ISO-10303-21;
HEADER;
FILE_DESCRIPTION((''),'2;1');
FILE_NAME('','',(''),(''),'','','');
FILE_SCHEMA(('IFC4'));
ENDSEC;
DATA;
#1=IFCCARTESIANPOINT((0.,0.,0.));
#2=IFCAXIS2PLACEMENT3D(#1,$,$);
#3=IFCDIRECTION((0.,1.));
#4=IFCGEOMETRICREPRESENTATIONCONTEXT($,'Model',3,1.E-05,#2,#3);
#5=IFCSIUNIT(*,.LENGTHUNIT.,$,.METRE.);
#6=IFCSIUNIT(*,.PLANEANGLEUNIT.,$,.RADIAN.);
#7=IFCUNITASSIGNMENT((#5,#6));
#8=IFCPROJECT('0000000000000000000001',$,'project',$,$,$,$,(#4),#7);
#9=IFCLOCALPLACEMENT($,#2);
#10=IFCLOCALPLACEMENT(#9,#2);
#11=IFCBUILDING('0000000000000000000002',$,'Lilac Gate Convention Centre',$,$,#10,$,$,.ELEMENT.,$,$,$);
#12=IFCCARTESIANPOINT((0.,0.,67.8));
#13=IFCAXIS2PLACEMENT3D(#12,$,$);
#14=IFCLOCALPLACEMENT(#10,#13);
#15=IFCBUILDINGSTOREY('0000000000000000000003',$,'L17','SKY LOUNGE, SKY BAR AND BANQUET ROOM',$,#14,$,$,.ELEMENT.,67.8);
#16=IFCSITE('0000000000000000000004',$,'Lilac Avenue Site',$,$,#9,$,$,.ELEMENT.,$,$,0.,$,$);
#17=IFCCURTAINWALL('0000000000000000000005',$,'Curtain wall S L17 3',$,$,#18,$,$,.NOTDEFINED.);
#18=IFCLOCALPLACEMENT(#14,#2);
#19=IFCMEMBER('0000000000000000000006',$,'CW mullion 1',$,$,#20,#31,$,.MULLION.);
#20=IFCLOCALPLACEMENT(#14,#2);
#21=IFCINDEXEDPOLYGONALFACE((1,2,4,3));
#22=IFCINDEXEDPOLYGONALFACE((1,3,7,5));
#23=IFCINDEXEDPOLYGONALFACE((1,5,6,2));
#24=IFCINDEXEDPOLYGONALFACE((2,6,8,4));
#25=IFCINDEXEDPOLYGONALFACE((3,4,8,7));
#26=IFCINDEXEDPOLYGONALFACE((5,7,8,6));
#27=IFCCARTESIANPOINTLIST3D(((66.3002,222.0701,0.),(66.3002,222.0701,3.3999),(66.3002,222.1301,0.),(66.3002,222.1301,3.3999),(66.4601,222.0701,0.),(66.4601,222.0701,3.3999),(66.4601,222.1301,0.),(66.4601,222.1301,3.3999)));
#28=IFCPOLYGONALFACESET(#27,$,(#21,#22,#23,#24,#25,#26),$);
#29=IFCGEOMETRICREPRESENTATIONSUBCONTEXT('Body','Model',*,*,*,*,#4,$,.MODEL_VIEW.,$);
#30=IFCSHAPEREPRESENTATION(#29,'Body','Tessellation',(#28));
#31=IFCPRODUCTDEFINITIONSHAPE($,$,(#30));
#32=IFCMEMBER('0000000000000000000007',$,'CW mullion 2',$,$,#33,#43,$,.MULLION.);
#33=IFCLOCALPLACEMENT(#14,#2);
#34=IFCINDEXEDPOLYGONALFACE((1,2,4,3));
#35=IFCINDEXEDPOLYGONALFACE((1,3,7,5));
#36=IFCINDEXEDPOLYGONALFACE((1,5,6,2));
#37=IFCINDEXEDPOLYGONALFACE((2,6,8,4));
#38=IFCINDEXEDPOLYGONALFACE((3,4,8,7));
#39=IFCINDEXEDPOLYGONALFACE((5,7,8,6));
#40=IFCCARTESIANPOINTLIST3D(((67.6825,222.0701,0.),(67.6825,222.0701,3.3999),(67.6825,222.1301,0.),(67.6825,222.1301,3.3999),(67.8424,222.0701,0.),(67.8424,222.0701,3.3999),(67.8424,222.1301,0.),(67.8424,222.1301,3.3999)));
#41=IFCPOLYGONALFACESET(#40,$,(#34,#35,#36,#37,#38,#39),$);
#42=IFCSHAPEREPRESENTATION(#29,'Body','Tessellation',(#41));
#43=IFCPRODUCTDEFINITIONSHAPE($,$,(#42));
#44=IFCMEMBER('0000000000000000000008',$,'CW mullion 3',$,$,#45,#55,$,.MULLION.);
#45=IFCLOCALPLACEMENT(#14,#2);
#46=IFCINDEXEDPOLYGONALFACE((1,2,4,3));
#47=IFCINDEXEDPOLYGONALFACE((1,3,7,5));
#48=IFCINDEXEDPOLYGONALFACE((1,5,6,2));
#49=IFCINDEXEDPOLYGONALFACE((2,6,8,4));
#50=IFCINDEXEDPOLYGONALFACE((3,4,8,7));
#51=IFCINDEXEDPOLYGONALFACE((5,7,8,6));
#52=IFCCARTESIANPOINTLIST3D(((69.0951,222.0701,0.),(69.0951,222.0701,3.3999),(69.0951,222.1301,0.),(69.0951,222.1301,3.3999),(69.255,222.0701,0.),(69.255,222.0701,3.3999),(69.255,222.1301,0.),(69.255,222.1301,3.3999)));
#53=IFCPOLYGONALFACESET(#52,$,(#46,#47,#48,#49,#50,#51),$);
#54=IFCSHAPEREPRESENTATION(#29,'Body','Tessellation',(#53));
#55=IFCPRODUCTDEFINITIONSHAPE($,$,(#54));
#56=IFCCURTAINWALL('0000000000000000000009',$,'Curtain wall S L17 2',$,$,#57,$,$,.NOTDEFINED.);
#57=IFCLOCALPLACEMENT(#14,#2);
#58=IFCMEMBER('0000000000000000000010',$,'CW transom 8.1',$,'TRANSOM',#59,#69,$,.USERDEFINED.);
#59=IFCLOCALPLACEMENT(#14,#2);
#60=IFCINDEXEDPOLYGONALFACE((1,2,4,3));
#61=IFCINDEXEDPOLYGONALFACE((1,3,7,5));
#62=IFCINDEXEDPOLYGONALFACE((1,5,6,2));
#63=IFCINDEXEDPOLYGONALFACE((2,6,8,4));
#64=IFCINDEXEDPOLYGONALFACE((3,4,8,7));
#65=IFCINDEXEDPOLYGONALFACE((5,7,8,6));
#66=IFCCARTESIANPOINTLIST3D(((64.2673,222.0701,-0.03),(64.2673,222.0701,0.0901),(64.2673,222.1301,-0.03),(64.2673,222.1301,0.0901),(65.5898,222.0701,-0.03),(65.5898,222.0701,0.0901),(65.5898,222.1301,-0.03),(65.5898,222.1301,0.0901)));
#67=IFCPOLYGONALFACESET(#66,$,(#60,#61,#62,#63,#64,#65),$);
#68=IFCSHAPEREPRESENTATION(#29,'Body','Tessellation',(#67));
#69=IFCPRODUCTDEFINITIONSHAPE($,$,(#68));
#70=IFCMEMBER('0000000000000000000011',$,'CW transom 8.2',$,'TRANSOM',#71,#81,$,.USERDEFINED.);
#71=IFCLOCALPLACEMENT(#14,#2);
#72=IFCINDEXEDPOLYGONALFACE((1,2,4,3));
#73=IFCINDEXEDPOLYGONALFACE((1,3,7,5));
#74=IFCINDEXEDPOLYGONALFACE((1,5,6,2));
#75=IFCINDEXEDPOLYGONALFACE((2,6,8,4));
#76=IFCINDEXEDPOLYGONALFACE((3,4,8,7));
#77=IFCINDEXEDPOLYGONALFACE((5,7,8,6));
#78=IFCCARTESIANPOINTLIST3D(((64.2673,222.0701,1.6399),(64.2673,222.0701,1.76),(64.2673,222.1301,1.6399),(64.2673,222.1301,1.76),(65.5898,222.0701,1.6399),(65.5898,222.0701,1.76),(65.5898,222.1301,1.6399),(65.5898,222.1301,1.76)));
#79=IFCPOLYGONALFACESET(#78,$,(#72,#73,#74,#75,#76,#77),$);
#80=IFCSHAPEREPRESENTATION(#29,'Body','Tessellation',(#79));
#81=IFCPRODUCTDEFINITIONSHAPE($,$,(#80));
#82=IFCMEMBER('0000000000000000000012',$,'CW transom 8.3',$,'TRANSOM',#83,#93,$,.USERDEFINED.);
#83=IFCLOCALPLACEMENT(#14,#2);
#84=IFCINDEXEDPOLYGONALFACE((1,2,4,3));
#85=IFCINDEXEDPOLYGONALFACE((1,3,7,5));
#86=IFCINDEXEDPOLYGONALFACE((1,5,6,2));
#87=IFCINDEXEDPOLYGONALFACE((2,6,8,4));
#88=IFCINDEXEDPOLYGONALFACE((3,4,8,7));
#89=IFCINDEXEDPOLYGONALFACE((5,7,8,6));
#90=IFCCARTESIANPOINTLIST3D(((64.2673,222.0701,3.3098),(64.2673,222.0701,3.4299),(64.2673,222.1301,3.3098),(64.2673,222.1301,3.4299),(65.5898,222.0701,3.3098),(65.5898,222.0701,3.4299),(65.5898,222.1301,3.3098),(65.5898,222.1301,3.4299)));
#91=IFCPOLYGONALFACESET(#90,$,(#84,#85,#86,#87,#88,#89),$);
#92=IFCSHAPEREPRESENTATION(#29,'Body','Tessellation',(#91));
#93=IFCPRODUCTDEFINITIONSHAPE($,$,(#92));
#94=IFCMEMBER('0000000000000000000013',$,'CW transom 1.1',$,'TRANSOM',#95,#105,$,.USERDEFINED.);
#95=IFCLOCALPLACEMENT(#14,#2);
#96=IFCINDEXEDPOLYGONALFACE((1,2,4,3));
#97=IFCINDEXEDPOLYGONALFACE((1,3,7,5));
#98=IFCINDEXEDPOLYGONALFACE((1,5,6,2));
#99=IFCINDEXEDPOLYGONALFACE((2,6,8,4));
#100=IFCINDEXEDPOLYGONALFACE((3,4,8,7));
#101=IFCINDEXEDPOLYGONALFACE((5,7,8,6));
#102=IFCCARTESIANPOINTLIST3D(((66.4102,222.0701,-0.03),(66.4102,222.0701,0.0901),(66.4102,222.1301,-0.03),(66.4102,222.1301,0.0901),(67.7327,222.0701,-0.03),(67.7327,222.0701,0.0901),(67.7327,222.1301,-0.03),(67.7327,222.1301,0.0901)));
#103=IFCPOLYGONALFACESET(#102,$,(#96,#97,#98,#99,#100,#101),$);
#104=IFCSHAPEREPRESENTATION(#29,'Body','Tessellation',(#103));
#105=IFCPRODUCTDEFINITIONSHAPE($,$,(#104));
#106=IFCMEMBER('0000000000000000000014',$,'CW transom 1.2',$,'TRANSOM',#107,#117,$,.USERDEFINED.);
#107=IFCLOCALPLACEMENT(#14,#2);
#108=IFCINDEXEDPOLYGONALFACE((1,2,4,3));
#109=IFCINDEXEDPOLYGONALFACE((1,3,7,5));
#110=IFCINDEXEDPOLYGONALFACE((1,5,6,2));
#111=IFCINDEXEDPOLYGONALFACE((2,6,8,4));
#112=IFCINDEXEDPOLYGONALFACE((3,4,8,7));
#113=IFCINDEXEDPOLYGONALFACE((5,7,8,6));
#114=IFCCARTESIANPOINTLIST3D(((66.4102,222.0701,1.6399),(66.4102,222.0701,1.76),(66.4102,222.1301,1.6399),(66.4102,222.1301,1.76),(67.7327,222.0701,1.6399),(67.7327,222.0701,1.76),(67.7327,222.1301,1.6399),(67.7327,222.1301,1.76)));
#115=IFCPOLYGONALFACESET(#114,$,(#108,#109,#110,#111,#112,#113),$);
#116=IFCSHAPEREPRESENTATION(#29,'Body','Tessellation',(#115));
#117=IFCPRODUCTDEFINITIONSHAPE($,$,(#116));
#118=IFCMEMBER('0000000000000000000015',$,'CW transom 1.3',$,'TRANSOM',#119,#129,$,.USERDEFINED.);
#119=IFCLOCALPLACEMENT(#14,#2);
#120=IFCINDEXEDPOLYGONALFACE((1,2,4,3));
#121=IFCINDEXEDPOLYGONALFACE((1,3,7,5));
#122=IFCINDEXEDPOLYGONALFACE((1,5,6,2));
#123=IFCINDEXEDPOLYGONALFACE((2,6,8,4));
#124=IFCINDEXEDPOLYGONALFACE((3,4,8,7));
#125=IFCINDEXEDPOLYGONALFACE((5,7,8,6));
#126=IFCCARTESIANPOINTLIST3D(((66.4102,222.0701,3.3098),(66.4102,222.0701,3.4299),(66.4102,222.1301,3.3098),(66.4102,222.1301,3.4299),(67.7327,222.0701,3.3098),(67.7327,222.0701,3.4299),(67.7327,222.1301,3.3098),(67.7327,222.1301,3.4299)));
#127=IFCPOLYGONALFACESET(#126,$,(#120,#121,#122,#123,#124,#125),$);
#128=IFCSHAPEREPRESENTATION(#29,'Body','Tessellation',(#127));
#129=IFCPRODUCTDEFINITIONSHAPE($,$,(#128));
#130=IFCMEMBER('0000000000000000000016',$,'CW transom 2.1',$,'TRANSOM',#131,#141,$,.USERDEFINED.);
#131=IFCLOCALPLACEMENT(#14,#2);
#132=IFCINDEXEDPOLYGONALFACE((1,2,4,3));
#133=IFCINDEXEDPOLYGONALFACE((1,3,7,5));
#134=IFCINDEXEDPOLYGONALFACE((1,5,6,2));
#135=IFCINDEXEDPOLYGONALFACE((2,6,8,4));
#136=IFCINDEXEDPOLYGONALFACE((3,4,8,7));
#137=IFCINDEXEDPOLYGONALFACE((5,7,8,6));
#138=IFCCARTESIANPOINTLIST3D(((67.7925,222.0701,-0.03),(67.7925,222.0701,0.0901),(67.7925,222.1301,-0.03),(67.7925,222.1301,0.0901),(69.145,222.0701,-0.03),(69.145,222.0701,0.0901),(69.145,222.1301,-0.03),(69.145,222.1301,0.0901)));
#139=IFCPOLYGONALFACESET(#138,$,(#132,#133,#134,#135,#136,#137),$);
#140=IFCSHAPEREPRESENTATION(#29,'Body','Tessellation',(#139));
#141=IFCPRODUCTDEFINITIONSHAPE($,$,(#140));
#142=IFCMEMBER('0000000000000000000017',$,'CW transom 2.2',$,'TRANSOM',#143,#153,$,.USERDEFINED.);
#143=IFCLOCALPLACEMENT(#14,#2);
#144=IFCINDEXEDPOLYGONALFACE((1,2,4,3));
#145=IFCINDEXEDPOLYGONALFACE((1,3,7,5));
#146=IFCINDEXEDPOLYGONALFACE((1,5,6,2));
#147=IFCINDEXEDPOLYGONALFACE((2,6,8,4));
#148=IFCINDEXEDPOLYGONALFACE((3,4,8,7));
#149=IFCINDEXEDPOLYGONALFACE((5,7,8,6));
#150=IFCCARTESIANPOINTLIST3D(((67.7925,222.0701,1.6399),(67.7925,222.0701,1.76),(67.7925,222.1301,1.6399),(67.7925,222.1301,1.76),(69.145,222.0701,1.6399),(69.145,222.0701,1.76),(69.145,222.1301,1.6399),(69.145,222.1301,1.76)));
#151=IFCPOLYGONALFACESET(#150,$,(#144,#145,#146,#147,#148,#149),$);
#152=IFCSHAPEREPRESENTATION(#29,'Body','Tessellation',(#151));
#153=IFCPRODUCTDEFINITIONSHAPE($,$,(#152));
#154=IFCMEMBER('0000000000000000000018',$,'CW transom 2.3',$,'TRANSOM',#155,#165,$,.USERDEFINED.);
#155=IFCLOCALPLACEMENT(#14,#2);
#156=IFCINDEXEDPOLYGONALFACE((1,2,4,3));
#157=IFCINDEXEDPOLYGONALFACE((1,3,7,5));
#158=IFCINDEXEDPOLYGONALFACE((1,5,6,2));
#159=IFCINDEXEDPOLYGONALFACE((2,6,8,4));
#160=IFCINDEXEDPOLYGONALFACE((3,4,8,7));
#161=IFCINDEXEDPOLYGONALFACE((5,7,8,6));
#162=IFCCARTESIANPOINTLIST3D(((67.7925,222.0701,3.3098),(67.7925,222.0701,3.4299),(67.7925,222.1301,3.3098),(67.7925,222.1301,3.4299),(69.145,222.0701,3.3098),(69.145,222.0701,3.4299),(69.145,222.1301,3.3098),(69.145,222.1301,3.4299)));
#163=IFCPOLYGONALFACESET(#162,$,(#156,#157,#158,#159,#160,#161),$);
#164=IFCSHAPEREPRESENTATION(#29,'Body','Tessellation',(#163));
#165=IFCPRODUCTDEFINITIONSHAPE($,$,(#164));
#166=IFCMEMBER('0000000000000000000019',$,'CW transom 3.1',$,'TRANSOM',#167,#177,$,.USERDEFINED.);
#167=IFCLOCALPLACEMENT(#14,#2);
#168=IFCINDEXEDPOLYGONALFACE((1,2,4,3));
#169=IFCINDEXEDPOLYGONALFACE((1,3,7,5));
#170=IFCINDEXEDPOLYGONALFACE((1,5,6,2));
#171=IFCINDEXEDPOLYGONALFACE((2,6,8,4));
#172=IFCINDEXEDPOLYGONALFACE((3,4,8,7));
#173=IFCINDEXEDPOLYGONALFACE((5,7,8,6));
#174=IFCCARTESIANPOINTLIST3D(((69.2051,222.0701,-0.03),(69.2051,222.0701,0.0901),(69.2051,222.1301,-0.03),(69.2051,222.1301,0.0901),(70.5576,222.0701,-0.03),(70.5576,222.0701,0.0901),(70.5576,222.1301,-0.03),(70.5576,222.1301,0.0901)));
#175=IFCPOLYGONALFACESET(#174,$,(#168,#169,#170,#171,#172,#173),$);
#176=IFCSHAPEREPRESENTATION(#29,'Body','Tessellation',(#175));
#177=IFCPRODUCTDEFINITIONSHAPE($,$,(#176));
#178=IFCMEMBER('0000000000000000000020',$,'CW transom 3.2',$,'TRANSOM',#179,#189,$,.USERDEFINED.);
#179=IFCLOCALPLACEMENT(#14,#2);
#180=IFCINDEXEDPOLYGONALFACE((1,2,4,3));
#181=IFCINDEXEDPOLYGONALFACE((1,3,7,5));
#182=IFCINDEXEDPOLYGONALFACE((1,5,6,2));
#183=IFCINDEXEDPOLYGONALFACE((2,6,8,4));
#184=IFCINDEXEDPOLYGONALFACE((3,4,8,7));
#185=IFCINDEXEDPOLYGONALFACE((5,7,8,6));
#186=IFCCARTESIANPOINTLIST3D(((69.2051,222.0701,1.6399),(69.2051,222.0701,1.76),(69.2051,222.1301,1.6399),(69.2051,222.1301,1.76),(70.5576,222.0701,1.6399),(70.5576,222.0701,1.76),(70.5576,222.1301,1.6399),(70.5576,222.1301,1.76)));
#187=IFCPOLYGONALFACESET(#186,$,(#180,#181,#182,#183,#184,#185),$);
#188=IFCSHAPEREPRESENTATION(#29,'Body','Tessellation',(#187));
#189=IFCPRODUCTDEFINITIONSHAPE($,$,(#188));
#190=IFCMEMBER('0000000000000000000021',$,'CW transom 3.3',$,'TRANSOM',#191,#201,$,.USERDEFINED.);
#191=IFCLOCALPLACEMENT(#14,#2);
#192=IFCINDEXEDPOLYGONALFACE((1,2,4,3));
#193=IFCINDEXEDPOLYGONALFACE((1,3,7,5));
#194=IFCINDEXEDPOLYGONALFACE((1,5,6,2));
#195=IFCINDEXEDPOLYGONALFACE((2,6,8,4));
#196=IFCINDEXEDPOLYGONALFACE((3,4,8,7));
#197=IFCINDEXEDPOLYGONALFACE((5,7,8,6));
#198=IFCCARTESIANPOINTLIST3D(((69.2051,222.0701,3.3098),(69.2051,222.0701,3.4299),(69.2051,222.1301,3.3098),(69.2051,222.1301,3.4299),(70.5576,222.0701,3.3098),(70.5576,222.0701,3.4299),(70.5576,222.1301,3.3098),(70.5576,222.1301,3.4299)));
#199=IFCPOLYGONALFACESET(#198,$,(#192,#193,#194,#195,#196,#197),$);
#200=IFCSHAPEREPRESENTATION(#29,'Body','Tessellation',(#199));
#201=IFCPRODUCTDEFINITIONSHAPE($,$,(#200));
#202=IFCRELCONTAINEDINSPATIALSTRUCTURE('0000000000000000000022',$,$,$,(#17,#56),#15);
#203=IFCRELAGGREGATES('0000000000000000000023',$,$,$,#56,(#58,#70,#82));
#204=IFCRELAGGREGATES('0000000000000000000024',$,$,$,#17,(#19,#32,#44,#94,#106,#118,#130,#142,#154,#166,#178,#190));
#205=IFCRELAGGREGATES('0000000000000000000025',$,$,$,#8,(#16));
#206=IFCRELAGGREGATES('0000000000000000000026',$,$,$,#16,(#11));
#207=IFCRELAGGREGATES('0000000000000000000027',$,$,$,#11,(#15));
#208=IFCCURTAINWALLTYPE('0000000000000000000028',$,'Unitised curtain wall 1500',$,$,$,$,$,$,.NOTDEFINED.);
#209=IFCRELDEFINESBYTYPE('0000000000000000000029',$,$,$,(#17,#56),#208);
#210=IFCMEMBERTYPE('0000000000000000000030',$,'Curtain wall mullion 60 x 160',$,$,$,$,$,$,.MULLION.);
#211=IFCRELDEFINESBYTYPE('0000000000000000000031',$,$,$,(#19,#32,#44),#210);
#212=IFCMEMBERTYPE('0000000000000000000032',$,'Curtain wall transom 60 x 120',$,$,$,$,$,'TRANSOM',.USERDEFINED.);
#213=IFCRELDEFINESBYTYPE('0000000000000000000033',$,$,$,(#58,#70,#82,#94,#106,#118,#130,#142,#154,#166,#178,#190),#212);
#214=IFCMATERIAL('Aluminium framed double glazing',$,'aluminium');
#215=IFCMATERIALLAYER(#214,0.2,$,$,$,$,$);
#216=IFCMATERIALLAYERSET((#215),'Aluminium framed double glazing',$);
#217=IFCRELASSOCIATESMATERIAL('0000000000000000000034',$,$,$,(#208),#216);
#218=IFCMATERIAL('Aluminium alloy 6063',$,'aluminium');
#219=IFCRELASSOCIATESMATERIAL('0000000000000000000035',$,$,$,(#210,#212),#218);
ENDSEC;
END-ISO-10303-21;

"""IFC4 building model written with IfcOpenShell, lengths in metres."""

from ifc_helpers import new_model, si_unit, direction, frame, origin, origin_2d, place, context, subcontext, project, spatial, rectangle, extrude, material, layer, layer_set, material_profile, profile_set, type_object, element, aggregate, save


model = new_model("IFC4")

# Units and contexts
model_context = context("Model", 3, precision=1e-05, world=origin(), true_north=direction((0.0, 1.0)))
body_context = subcontext(model_context, "Body", "Model", "MODEL_VIEW")
ifc_project = project(units=[si_unit("LENGTHUNIT", "METRE"), si_unit("PLANEANGLEUNIT", "RADIAN")], contexts=[model_context])

# Site, building, storey
site_placement = place(None, origin())
site = spatial("IfcSite", under=ifc_project, at=site_placement, Name="Lilac Avenue Site", CompositionType="ELEMENT", RefElevation=0.0)
building_placement = place(site_placement, origin())
building = spatial("IfcBuilding", under=site, at=building_placement, Name="Lilac Gate Convention Centre", CompositionType="ELEMENT")
storey_placement = place(building_placement, frame((0.0, 0.0, 67.8)))
storey = spatial("IfcBuildingStorey", under=building, at=storey_placement, Name="L17", Description="SKY LOUNGE, SKY BAR AND BANQUET ROOM", CompositionType="ELEMENT", Elevation=67.8)

# Curtain walls, members
ifc_material_1 = material(Name="Aluminium framed double glazing", Category="aluminium")
ifc_layer_1 = layer(ifc_material_1, 0.2)
ifc_layer_set_1 = layer_set([ifc_layer_1], Name="Aluminium framed double glazing")
curtain_wall_type = type_object("IfcCurtainWallType", Name="Unitised curtain wall 1500", PredefinedType="NOTDEFINED", material=ifc_layer_set_1)
curtain_wall_1_placement = place(storey_placement, origin())
curtain_wall_1 = element("IfcCurtainWall", 1, at=curtain_wall_1_placement, inside=storey, type_object=curtain_wall_type, Name="Curtain wall S L17 3", PredefinedType="NOTDEFINED")
ifc_material_2 = material(Name="Aluminium alloy 6063", Category="aluminium")
ifc_material_profile_1 = material_profile(ifc_material_2, rectangle(XDim=0.0601, YDim=0.1599, at=origin_2d()), Name="Curtain wall mullion 60 x 160")
ifc_profile_set_1 = profile_set([ifc_material_profile_1], Name="Aluminium alloy 6063")
member_type_1 = type_object("IfcMemberType", Name="Curtain wall mullion 60 x 160", PredefinedType="MULLION", material=ifc_profile_set_1)
member_1_placement = place(storey_placement, frame((66.3801, 222.1001, 0.0), z_axis=(0.0, 0.0, 1.0), x_axis=(0.0, 1.0, 0.0)))
member_1 = element("IfcMember", 2, at=member_1_placement, type_object=member_type_1, Name="CW mullion 1", PredefinedType="MULLION", context=body_context, shape_type="SweptSolid", body=[
    extrude(rectangle(XDim=0.0601, YDim=0.1599, at=origin_2d()), origin(), (0.0, 0.0, 1.0), 3.3999),
])
member_2_placement = place(storey_placement, frame((67.7625, 222.1001, 0.0), z_axis=(0.0, 0.0, 1.0), x_axis=(0.0, 1.0, 0.0)))
member_2 = element("IfcMember", 3, at=member_2_placement, type_object=member_type_1, Name="CW mullion 2", PredefinedType="MULLION", context=body_context, shape_type="SweptSolid", body=[
    extrude(rectangle(XDim=0.0601, YDim=0.1599, at=origin_2d()), origin(), (0.0, 0.0, 1.0), 3.3999),
])
member_3_placement = place(storey_placement, frame((69.175, 222.1001, 0.0), z_axis=(0.0, 0.0, 1.0), x_axis=(0.0, 1.0, 0.0)))
member_3 = element("IfcMember", 4, at=member_3_placement, type_object=member_type_1, Name="CW mullion 3", PredefinedType="MULLION", context=body_context, shape_type="SweptSolid", body=[
    extrude(rectangle(XDim=0.0601, YDim=0.1599, at=origin_2d()), origin(), (0.0, 0.0, 1.0), 3.3999),
])
curtain_wall_2_placement = place(storey_placement, origin())
curtain_wall_2 = element("IfcCurtainWall", 5, at=curtain_wall_2_placement, inside=storey, type_object=curtain_wall_type, Name="Curtain wall S L17 2", PredefinedType="NOTDEFINED")
ifc_material_profile_2 = material_profile(ifc_material_2, rectangle(XDim=0.0601, YDim=0.1201, at=origin_2d()), Name="Curtain wall transom 60 x 120")
ifc_profile_set_2 = profile_set([ifc_material_profile_2], Name="Aluminium alloy 6063")
member_type_2 = type_object("IfcMemberType", Name="Curtain wall transom 60 x 120", ElementType="TRANSOM", PredefinedType="USERDEFINED", material=ifc_profile_set_2)
member_4_placement = place(storey_placement, frame((64.2673, 222.1001, 0.03), z_axis=(1.0, 0.0, 0.0), x_axis=(0.0, 1.0, 0.0)))
member_4 = element("IfcMember", 6, at=member_4_placement, type_object=member_type_2, Name="CW transom 8.1", ObjectType="TRANSOM", PredefinedType="USERDEFINED", context=body_context, shape_type="SweptSolid", body=[
    extrude(rectangle(XDim=0.0601, YDim=0.1201, at=origin_2d()), origin(), (0.0, 0.0, 1.0), 1.3225),
])
member_5_placement = place(storey_placement, frame((64.2673, 222.1001, 1.7), z_axis=(1.0, 0.0, 0.0), x_axis=(0.0, 1.0, 0.0)))
member_5 = element("IfcMember", 7, at=member_5_placement, type_object=member_type_2, Name="CW transom 8.2", ObjectType="TRANSOM", PredefinedType="USERDEFINED", context=body_context, shape_type="SweptSolid", body=[
    extrude(rectangle(XDim=0.0601, YDim=0.1201, at=origin_2d()), origin(), (0.0, 0.0, 1.0), 1.3225),
])
member_6_placement = place(storey_placement, frame((64.2673, 222.1001, 3.3699), z_axis=(1.0, 0.0, 0.0), x_axis=(0.0, 1.0, 0.0)))
member_6 = element("IfcMember", 8, at=member_6_placement, type_object=member_type_2, Name="CW transom 8.3", ObjectType="TRANSOM", PredefinedType="USERDEFINED", context=body_context, shape_type="SweptSolid", body=[
    extrude(rectangle(XDim=0.0601, YDim=0.1201, at=origin_2d()), origin(), (0.0, 0.0, 1.0), 1.3225),
])

# Members
member_7_placement = place(storey_placement, frame((66.4102, 222.1001, 0.03), z_axis=(1.0, 0.0, 0.0), x_axis=(0.0, 1.0, 0.0)))
member_7 = element("IfcMember", 9, at=member_7_placement, type_object=member_type_2, Name="CW transom 1.1", ObjectType="TRANSOM", PredefinedType="USERDEFINED", context=body_context, shape_type="SweptSolid", body=[
    extrude(rectangle(XDim=0.0601, YDim=0.1201, at=origin_2d()), origin(), (0.0, 0.0, 1.0), 1.3225),
])
member_8_placement = place(storey_placement, frame((66.4102, 222.1001, 1.7), z_axis=(1.0, 0.0, 0.0), x_axis=(0.0, 1.0, 0.0)))
member_8 = element("IfcMember", 10, at=member_8_placement, type_object=member_type_2, Name="CW transom 1.2", ObjectType="TRANSOM", PredefinedType="USERDEFINED", context=body_context, shape_type="SweptSolid", body=[
    extrude(rectangle(XDim=0.0601, YDim=0.1201, at=origin_2d()), origin(), (0.0, 0.0, 1.0), 1.3225),
])
member_9_placement = place(storey_placement, frame((66.4102, 222.1001, 3.3699), z_axis=(1.0, 0.0, 0.0), x_axis=(0.0, 1.0, 0.0)))
member_9 = element("IfcMember", 11, at=member_9_placement, type_object=member_type_2, Name="CW transom 1.3", ObjectType="TRANSOM", PredefinedType="USERDEFINED", context=body_context, shape_type="SweptSolid", body=[
    extrude(rectangle(XDim=0.0601, YDim=0.1201, at=origin_2d()), origin(), (0.0, 0.0, 1.0), 1.3225),
])
member_10_placement = place(storey_placement, frame((67.7925, 222.1001, 0.03), z_axis=(1.0, 0.0, 0.0), x_axis=(0.0, 1.0, 0.0)))
member_10 = element("IfcMember", 12, at=member_10_placement, type_object=member_type_2, Name="CW transom 2.1", ObjectType="TRANSOM", PredefinedType="USERDEFINED", context=body_context, shape_type="SweptSolid", body=[
    extrude(rectangle(XDim=0.0601, YDim=0.1201, at=origin_2d()), origin(), (0.0, 0.0, 1.0), 1.3525),
])
member_11_placement = place(storey_placement, frame((67.7925, 222.1001, 1.7), z_axis=(1.0, 0.0, 0.0), x_axis=(0.0, 1.0, 0.0)))
member_11 = element("IfcMember", 13, at=member_11_placement, type_object=member_type_2, Name="CW transom 2.2", ObjectType="TRANSOM", PredefinedType="USERDEFINED", context=body_context, shape_type="SweptSolid", body=[
    extrude(rectangle(XDim=0.0601, YDim=0.1201, at=origin_2d()), origin(), (0.0, 0.0, 1.0), 1.3525),
])
member_12_placement = place(storey_placement, frame((67.7925, 222.1001, 3.3699), z_axis=(1.0, 0.0, 0.0), x_axis=(0.0, 1.0, 0.0)))
member_12 = element("IfcMember", 14, at=member_12_placement, type_object=member_type_2, Name="CW transom 2.3", ObjectType="TRANSOM", PredefinedType="USERDEFINED", context=body_context, shape_type="SweptSolid", body=[
    extrude(rectangle(XDim=0.0601, YDim=0.1201, at=origin_2d()), origin(), (0.0, 0.0, 1.0), 1.3525),
])
member_13_placement = place(storey_placement, frame((69.2051, 222.1001, 0.03), z_axis=(1.0, 0.0, 0.0), x_axis=(0.0, 1.0, 0.0)))
member_13 = element("IfcMember", 15, at=member_13_placement, type_object=member_type_2, Name="CW transom 3.1", ObjectType="TRANSOM", PredefinedType="USERDEFINED", context=body_context, shape_type="SweptSolid", body=[
    extrude(rectangle(XDim=0.0601, YDim=0.1201, at=origin_2d()), origin(), (0.0, 0.0, 1.0), 1.3525),
])
member_14_placement = place(storey_placement, frame((69.2051, 222.1001, 1.7), z_axis=(1.0, 0.0, 0.0), x_axis=(0.0, 1.0, 0.0)))
member_14 = element("IfcMember", 16, at=member_14_placement, type_object=member_type_2, Name="CW transom 3.2", ObjectType="TRANSOM", PredefinedType="USERDEFINED", context=body_context, shape_type="SweptSolid", body=[
    extrude(rectangle(XDim=0.0601, YDim=0.1201, at=origin_2d()), origin(), (0.0, 0.0, 1.0), 1.3525),
])
member_15_placement = place(storey_placement, frame((69.2051, 222.1001, 3.3699), z_axis=(1.0, 0.0, 0.0), x_axis=(0.0, 1.0, 0.0)))
member_15 = element("IfcMember", 17, at=member_15_placement, type_object=member_type_2, Name="CW transom 3.3", ObjectType="TRANSOM", PredefinedType="USERDEFINED", context=body_context, shape_type="SweptSolid", body=[
    extrude(rectangle(XDim=0.0601, YDim=0.1201, at=origin_2d()), origin(), (0.0, 0.0, 1.0), 1.3525),
])

aggregate(curtain_wall_2, [member_4, member_5, member_6])
aggregate(curtain_wall_1, [member_1, member_2, member_3, member_7, member_8, member_9, member_10, member_11, member_12, member_13, member_14, member_15])

save(model, "model.ifc")
